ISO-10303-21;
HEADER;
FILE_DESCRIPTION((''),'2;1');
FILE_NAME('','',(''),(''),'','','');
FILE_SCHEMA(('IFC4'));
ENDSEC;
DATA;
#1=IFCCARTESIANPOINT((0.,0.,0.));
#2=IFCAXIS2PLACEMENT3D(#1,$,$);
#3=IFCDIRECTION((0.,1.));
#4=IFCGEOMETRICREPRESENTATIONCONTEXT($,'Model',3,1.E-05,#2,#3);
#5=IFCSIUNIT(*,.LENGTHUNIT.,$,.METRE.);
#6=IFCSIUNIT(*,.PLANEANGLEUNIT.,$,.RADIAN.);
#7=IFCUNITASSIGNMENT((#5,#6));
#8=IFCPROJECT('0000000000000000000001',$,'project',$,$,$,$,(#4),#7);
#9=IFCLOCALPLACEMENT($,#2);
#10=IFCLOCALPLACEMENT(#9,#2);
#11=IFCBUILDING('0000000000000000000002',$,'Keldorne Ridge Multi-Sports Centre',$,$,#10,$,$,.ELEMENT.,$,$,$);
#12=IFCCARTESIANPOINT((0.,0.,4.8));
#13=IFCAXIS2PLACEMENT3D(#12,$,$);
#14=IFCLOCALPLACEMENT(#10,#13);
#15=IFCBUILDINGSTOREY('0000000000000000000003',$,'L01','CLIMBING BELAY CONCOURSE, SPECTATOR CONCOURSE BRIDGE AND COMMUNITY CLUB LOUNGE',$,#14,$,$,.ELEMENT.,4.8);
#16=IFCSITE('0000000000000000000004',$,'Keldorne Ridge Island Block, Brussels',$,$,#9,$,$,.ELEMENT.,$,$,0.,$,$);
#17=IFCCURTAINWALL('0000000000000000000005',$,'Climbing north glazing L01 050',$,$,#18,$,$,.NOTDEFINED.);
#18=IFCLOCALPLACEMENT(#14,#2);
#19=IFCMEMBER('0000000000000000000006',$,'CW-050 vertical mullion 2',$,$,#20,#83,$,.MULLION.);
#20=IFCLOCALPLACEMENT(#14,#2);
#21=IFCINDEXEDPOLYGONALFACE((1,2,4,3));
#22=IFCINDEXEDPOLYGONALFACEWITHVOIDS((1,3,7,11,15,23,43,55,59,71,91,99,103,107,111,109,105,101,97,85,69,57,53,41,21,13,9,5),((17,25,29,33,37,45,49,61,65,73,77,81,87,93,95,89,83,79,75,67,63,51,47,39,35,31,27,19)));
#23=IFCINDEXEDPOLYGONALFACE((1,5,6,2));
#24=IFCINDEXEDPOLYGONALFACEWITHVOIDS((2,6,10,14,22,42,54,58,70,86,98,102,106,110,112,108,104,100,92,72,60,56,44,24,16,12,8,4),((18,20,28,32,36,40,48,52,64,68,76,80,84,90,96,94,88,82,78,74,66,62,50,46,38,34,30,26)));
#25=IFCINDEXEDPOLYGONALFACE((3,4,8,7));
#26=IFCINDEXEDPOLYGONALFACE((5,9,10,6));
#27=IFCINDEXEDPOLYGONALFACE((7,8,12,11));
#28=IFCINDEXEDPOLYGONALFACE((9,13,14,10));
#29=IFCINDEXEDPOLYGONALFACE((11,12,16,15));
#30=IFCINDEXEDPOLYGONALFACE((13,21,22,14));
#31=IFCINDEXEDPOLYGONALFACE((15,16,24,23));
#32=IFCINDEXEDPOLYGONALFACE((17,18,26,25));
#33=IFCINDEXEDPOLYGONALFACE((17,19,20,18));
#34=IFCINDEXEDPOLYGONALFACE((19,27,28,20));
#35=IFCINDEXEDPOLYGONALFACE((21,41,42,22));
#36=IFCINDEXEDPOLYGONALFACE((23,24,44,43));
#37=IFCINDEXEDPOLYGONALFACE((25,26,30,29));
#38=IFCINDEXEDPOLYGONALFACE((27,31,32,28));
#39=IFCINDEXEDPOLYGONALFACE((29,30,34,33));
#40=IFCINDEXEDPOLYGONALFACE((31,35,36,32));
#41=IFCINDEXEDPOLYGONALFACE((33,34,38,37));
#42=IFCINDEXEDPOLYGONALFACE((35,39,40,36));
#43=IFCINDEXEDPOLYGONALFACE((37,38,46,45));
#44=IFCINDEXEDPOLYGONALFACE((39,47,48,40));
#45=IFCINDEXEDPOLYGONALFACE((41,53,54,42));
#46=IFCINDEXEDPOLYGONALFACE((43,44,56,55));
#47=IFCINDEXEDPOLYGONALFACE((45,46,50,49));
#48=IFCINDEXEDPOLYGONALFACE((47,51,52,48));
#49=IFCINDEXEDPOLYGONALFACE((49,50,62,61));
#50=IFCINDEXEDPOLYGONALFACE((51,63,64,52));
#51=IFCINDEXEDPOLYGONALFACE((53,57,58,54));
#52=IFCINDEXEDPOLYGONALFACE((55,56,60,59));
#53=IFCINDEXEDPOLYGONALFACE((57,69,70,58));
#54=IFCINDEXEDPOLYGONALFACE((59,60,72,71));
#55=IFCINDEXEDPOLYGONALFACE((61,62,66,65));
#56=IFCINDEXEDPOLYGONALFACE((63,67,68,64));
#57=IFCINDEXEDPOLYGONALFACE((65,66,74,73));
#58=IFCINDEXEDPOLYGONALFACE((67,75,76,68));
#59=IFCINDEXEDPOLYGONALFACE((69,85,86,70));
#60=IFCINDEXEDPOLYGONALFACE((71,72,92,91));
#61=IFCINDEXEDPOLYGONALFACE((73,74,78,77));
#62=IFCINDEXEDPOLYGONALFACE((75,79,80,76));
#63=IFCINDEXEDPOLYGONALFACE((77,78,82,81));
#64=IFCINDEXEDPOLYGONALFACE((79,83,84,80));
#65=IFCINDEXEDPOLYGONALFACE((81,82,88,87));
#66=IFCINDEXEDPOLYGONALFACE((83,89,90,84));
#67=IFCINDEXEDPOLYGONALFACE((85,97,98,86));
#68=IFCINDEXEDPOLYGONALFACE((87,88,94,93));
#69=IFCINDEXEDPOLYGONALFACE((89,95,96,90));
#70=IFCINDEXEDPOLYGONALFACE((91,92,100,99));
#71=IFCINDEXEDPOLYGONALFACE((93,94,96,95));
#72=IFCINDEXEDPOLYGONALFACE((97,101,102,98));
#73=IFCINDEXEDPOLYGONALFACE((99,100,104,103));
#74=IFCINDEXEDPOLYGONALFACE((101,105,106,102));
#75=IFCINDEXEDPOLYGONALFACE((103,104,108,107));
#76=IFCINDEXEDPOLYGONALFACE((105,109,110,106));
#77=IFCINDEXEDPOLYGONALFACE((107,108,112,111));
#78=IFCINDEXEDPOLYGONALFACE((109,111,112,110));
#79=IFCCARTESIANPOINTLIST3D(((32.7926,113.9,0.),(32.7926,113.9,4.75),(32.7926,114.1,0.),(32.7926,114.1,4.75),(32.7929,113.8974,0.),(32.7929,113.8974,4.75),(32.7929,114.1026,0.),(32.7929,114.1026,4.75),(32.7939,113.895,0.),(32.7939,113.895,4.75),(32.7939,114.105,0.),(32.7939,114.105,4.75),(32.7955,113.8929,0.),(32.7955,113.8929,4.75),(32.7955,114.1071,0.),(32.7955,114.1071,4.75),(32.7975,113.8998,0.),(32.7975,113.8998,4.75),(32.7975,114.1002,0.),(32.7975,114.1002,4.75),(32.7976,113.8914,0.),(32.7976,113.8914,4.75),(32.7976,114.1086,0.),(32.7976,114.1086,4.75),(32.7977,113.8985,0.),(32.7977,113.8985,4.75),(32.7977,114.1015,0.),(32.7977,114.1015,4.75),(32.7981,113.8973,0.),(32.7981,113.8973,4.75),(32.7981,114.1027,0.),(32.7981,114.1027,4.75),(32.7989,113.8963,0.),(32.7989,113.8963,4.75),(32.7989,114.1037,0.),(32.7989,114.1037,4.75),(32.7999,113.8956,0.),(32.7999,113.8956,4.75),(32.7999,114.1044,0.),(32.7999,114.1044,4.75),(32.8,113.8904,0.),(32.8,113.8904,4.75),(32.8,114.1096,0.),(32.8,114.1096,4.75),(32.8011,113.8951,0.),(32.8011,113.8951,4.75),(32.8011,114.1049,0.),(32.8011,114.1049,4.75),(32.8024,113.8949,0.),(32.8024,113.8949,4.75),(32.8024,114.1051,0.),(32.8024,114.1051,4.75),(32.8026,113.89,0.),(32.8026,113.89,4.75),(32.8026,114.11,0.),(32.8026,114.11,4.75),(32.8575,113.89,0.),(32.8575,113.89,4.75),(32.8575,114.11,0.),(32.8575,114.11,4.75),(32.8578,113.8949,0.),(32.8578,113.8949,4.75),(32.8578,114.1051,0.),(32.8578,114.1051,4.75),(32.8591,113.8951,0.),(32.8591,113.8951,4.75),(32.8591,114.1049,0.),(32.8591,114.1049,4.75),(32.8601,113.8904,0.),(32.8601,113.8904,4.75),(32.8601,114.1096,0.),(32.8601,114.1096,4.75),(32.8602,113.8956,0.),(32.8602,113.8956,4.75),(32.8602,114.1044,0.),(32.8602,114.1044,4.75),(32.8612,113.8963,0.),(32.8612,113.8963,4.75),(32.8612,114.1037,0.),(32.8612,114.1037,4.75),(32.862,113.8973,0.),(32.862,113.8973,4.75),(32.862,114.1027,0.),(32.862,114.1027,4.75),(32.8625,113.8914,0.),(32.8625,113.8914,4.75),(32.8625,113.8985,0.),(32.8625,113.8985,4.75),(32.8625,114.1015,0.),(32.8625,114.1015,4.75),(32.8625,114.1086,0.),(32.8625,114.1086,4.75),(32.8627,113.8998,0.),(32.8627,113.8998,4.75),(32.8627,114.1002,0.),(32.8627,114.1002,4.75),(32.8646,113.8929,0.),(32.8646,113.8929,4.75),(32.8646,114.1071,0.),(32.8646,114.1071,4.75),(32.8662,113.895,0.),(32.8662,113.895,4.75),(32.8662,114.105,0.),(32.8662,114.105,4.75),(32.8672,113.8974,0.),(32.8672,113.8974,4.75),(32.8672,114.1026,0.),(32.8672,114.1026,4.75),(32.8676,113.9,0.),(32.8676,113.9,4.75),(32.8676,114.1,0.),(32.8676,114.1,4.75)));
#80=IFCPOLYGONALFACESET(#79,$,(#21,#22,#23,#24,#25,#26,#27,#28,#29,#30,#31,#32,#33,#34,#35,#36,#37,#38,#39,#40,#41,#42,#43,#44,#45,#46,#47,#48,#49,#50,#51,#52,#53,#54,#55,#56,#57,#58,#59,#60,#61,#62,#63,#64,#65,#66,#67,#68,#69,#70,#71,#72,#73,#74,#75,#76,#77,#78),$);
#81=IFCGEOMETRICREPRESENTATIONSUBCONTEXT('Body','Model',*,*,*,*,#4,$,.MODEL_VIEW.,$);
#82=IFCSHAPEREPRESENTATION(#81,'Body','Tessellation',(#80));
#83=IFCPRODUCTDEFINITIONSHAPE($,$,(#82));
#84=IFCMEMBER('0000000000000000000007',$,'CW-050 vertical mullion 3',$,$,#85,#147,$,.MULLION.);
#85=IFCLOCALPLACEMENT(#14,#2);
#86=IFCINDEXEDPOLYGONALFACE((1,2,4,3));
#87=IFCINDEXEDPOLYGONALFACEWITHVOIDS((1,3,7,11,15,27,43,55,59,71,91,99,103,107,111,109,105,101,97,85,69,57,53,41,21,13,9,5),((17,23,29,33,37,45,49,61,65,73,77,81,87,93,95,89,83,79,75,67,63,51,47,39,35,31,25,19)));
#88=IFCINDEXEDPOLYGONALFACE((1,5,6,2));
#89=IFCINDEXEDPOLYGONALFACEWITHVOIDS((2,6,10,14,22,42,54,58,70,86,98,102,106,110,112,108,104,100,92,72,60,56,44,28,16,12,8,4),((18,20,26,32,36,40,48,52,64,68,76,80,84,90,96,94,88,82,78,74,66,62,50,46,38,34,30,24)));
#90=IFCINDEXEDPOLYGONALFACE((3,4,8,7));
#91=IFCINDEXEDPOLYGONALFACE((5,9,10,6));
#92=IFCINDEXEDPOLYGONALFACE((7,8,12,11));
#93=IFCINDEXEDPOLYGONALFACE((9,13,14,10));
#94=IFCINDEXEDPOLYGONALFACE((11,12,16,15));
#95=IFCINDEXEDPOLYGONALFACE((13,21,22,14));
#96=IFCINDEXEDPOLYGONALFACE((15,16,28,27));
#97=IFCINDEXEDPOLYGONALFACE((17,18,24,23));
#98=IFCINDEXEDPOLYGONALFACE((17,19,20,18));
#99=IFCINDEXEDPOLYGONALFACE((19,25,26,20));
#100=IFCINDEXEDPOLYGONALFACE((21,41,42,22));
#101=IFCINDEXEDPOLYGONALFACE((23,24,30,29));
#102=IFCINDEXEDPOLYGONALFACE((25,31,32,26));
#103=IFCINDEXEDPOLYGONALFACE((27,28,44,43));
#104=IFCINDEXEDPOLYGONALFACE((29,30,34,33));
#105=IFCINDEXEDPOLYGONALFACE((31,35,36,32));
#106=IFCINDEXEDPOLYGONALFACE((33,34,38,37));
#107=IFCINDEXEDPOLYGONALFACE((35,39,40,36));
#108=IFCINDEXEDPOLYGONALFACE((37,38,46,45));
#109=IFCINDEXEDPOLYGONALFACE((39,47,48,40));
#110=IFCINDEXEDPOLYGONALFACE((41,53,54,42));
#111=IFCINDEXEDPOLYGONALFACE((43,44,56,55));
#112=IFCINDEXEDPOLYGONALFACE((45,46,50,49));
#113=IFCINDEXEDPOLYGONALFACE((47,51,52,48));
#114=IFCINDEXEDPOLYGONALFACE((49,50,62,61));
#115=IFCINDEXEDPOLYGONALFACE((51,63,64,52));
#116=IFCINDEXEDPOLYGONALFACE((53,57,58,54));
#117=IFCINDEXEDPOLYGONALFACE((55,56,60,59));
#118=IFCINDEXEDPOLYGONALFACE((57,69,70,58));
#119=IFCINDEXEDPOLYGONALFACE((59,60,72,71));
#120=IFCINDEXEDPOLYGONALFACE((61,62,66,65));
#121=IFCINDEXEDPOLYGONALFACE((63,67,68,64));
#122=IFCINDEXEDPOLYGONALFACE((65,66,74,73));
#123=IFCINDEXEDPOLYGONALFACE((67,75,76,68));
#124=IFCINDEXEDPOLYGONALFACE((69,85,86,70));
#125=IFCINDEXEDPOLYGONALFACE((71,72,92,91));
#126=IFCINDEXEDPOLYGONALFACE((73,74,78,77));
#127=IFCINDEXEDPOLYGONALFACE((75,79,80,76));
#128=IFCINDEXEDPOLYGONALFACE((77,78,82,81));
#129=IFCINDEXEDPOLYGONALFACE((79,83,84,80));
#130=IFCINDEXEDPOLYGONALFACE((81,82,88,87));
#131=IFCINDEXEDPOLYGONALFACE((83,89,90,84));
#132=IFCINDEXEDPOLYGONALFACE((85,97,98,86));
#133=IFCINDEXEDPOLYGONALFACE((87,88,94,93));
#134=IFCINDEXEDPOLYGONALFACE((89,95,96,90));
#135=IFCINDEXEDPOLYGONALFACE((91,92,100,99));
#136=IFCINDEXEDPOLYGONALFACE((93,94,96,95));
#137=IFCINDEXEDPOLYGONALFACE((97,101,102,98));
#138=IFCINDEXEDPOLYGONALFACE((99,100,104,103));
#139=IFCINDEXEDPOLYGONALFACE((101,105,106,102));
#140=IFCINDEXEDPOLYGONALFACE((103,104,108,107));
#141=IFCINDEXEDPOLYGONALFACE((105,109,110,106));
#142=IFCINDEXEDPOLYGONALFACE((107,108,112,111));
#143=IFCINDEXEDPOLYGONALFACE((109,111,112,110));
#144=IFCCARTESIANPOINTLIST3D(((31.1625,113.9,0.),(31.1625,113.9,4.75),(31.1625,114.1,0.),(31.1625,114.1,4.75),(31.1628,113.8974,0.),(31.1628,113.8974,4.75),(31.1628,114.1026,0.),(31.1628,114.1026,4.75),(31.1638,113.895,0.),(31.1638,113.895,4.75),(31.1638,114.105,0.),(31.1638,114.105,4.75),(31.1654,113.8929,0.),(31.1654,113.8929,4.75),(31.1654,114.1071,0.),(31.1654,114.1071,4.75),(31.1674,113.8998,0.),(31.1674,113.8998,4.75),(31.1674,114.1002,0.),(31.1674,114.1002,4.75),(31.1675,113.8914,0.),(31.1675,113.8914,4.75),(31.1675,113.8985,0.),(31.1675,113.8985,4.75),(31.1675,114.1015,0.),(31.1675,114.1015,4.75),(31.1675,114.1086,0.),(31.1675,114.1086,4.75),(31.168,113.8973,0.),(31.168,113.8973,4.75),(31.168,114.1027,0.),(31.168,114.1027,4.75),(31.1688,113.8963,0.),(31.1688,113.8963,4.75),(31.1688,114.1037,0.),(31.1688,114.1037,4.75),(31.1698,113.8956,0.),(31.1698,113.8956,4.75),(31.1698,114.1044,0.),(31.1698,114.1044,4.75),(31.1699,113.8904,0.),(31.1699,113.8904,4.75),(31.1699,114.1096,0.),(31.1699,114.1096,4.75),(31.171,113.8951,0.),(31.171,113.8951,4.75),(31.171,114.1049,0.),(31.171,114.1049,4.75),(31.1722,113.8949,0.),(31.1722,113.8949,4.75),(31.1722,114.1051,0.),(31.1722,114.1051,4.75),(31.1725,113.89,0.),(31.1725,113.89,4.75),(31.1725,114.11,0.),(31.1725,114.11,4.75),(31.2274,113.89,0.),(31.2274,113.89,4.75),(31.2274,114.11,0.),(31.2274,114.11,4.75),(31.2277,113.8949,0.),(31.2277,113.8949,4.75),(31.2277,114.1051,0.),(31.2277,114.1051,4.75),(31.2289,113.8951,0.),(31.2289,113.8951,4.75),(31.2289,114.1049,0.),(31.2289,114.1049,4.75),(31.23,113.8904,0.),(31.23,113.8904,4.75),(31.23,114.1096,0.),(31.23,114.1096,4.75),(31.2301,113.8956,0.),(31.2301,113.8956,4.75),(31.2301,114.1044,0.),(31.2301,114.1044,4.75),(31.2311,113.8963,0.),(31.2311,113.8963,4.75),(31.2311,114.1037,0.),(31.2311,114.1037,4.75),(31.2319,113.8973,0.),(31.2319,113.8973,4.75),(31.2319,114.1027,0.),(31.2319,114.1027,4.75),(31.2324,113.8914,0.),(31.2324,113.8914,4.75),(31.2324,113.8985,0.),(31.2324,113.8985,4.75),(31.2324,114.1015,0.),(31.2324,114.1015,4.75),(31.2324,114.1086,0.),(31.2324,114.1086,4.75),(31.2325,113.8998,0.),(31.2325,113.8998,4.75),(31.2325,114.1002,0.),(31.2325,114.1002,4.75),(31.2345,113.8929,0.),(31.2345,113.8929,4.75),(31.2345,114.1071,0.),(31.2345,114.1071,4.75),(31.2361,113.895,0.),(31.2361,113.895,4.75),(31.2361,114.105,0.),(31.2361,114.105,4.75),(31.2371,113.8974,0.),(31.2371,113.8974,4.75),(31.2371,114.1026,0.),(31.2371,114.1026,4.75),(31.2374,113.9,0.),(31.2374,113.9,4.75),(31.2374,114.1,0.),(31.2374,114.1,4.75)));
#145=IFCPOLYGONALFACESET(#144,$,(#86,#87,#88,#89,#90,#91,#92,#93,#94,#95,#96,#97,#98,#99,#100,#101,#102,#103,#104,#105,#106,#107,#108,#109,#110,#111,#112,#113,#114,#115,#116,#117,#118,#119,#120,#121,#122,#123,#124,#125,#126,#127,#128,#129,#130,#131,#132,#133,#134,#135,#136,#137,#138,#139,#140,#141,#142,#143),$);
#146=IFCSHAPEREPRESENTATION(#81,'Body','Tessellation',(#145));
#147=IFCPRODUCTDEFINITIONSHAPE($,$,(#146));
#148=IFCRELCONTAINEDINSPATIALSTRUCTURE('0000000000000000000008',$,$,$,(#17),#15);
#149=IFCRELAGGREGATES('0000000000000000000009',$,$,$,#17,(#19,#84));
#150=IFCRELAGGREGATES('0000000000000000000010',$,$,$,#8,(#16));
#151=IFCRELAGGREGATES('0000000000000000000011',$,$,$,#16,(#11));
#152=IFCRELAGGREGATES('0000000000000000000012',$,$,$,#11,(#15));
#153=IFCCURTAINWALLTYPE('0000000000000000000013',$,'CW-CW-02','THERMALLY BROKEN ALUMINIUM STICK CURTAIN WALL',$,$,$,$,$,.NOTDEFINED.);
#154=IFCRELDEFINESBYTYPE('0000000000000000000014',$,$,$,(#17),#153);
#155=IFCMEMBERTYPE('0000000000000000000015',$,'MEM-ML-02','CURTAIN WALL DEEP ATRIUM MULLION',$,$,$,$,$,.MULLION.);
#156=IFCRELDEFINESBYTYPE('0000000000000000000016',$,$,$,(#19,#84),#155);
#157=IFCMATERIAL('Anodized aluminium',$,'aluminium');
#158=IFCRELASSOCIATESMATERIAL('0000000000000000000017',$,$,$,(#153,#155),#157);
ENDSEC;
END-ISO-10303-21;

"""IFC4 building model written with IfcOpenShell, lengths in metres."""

from ifc_helpers import new_model, si_unit, direction, frame, origin, origin_2d, place, context, subcontext, project, spatial, hollow_rectangle, extrude, material, material_profile, profile_set, type_object, element, aggregate, save


model = new_model("IFC4")

# Units and contexts
model_context = context("Model", 3, precision=1e-05, world=origin(), true_north=direction((0.0, 1.0)))
body_context = subcontext(model_context, "Body", "Model", "MODEL_VIEW")
ifc_project = project(units=[si_unit("LENGTHUNIT", "METRE"), si_unit("PLANEANGLEUNIT", "RADIAN")], contexts=[model_context])

# Site, building, storey
site_placement = place(None, origin())
site = spatial("IfcSite", under=ifc_project, at=site_placement, Name="Keldorne Ridge Island Block, Brussels", CompositionType="ELEMENT", RefElevation=0.0)
building_placement = place(site_placement, origin())
building = spatial("IfcBuilding", under=site, at=building_placement, Name="Keldorne Ridge Multi-Sports Centre", CompositionType="ELEMENT")
storey_placement = place(building_placement, frame((0.0, 0.0, 4.8)))
storey = spatial("IfcBuildingStorey", under=building, at=storey_placement, Name="L01", Description="CLIMBING BELAY CONCOURSE, SPECTATOR CONCOURSE BRIDGE AND COMMUNITY CLUB LOUNGE", CompositionType="ELEMENT", Elevation=4.8)

# Curtain wall, members
ifc_material_1 = material(Name="Anodized aluminium", Category="aluminium")
curtain_wall_type_1 = type_object("IfcCurtainWallType", Name="CW-CW-02", Description="THERMALLY BROKEN ALUMINIUM STICK CURTAIN WALL", PredefinedType="NOTDEFINED", material=ifc_material_1)
curtain_wall_1_placement = place(storey_placement, origin())
curtain_wall_1 = element("IfcCurtainWall", 1, at=curtain_wall_1_placement, inside=storey, type_object=curtain_wall_type_1, Name="Climbing north glazing L01 050", PredefinedType="NOTDEFINED")
ifc_material_profile_1 = material_profile(ifc_material_1, hollow_rectangle(XDim=0.075, YDim=0.22, WallThickness=0.0049, InnerFilletRadius=0.0049, OuterFilletRadius=0.01, at=origin_2d()), Name="ALU MULLION 220x75x5")
ifc_profile_set_1 = profile_set([ifc_material_profile_1], Name="Anodized aluminium")
member_type_1 = type_object("IfcMemberType", Name="MEM-ML-02", Description="CURTAIN WALL DEEP ATRIUM MULLION", PredefinedType="MULLION", material=ifc_profile_set_1)
member_1_placement = place(storey_placement, frame((32.8301, 114.0, 0.0), z_axis=(0.0, 0.0, 1.0), x_axis=(1.0, 0.0, 0.0)))
member_1 = element("IfcMember", 2, at=member_1_placement, type_object=member_type_1, Name="CW-050 vertical mullion 2", PredefinedType="MULLION", context=body_context, shape_type="SweptSolid", body=[
    extrude(hollow_rectangle(XDim=0.075, YDim=0.22, WallThickness=0.0049, InnerFilletRadius=0.0049, OuterFilletRadius=0.01, at=origin_2d()), origin(), (0.0, 0.0, 1.0), 4.75),
])
member_2_placement = place(storey_placement, frame((31.2, 114.0, 0.0), z_axis=(0.0, 0.0, 1.0), x_axis=(1.0, 0.0, 0.0)))
member_2 = element("IfcMember", 3, at=member_2_placement, type_object=member_type_1, Name="CW-050 vertical mullion 3", PredefinedType="MULLION", context=body_context, shape_type="SweptSolid", body=[
    extrude(hollow_rectangle(XDim=0.075, YDim=0.22, WallThickness=0.0049, InnerFilletRadius=0.0049, OuterFilletRadius=0.01, at=origin_2d()), origin(), (0.0, 0.0, 1.0), 4.75),
])

aggregate(curtain_wall_1, [member_1, member_2])

save(model, "model.ifc")
